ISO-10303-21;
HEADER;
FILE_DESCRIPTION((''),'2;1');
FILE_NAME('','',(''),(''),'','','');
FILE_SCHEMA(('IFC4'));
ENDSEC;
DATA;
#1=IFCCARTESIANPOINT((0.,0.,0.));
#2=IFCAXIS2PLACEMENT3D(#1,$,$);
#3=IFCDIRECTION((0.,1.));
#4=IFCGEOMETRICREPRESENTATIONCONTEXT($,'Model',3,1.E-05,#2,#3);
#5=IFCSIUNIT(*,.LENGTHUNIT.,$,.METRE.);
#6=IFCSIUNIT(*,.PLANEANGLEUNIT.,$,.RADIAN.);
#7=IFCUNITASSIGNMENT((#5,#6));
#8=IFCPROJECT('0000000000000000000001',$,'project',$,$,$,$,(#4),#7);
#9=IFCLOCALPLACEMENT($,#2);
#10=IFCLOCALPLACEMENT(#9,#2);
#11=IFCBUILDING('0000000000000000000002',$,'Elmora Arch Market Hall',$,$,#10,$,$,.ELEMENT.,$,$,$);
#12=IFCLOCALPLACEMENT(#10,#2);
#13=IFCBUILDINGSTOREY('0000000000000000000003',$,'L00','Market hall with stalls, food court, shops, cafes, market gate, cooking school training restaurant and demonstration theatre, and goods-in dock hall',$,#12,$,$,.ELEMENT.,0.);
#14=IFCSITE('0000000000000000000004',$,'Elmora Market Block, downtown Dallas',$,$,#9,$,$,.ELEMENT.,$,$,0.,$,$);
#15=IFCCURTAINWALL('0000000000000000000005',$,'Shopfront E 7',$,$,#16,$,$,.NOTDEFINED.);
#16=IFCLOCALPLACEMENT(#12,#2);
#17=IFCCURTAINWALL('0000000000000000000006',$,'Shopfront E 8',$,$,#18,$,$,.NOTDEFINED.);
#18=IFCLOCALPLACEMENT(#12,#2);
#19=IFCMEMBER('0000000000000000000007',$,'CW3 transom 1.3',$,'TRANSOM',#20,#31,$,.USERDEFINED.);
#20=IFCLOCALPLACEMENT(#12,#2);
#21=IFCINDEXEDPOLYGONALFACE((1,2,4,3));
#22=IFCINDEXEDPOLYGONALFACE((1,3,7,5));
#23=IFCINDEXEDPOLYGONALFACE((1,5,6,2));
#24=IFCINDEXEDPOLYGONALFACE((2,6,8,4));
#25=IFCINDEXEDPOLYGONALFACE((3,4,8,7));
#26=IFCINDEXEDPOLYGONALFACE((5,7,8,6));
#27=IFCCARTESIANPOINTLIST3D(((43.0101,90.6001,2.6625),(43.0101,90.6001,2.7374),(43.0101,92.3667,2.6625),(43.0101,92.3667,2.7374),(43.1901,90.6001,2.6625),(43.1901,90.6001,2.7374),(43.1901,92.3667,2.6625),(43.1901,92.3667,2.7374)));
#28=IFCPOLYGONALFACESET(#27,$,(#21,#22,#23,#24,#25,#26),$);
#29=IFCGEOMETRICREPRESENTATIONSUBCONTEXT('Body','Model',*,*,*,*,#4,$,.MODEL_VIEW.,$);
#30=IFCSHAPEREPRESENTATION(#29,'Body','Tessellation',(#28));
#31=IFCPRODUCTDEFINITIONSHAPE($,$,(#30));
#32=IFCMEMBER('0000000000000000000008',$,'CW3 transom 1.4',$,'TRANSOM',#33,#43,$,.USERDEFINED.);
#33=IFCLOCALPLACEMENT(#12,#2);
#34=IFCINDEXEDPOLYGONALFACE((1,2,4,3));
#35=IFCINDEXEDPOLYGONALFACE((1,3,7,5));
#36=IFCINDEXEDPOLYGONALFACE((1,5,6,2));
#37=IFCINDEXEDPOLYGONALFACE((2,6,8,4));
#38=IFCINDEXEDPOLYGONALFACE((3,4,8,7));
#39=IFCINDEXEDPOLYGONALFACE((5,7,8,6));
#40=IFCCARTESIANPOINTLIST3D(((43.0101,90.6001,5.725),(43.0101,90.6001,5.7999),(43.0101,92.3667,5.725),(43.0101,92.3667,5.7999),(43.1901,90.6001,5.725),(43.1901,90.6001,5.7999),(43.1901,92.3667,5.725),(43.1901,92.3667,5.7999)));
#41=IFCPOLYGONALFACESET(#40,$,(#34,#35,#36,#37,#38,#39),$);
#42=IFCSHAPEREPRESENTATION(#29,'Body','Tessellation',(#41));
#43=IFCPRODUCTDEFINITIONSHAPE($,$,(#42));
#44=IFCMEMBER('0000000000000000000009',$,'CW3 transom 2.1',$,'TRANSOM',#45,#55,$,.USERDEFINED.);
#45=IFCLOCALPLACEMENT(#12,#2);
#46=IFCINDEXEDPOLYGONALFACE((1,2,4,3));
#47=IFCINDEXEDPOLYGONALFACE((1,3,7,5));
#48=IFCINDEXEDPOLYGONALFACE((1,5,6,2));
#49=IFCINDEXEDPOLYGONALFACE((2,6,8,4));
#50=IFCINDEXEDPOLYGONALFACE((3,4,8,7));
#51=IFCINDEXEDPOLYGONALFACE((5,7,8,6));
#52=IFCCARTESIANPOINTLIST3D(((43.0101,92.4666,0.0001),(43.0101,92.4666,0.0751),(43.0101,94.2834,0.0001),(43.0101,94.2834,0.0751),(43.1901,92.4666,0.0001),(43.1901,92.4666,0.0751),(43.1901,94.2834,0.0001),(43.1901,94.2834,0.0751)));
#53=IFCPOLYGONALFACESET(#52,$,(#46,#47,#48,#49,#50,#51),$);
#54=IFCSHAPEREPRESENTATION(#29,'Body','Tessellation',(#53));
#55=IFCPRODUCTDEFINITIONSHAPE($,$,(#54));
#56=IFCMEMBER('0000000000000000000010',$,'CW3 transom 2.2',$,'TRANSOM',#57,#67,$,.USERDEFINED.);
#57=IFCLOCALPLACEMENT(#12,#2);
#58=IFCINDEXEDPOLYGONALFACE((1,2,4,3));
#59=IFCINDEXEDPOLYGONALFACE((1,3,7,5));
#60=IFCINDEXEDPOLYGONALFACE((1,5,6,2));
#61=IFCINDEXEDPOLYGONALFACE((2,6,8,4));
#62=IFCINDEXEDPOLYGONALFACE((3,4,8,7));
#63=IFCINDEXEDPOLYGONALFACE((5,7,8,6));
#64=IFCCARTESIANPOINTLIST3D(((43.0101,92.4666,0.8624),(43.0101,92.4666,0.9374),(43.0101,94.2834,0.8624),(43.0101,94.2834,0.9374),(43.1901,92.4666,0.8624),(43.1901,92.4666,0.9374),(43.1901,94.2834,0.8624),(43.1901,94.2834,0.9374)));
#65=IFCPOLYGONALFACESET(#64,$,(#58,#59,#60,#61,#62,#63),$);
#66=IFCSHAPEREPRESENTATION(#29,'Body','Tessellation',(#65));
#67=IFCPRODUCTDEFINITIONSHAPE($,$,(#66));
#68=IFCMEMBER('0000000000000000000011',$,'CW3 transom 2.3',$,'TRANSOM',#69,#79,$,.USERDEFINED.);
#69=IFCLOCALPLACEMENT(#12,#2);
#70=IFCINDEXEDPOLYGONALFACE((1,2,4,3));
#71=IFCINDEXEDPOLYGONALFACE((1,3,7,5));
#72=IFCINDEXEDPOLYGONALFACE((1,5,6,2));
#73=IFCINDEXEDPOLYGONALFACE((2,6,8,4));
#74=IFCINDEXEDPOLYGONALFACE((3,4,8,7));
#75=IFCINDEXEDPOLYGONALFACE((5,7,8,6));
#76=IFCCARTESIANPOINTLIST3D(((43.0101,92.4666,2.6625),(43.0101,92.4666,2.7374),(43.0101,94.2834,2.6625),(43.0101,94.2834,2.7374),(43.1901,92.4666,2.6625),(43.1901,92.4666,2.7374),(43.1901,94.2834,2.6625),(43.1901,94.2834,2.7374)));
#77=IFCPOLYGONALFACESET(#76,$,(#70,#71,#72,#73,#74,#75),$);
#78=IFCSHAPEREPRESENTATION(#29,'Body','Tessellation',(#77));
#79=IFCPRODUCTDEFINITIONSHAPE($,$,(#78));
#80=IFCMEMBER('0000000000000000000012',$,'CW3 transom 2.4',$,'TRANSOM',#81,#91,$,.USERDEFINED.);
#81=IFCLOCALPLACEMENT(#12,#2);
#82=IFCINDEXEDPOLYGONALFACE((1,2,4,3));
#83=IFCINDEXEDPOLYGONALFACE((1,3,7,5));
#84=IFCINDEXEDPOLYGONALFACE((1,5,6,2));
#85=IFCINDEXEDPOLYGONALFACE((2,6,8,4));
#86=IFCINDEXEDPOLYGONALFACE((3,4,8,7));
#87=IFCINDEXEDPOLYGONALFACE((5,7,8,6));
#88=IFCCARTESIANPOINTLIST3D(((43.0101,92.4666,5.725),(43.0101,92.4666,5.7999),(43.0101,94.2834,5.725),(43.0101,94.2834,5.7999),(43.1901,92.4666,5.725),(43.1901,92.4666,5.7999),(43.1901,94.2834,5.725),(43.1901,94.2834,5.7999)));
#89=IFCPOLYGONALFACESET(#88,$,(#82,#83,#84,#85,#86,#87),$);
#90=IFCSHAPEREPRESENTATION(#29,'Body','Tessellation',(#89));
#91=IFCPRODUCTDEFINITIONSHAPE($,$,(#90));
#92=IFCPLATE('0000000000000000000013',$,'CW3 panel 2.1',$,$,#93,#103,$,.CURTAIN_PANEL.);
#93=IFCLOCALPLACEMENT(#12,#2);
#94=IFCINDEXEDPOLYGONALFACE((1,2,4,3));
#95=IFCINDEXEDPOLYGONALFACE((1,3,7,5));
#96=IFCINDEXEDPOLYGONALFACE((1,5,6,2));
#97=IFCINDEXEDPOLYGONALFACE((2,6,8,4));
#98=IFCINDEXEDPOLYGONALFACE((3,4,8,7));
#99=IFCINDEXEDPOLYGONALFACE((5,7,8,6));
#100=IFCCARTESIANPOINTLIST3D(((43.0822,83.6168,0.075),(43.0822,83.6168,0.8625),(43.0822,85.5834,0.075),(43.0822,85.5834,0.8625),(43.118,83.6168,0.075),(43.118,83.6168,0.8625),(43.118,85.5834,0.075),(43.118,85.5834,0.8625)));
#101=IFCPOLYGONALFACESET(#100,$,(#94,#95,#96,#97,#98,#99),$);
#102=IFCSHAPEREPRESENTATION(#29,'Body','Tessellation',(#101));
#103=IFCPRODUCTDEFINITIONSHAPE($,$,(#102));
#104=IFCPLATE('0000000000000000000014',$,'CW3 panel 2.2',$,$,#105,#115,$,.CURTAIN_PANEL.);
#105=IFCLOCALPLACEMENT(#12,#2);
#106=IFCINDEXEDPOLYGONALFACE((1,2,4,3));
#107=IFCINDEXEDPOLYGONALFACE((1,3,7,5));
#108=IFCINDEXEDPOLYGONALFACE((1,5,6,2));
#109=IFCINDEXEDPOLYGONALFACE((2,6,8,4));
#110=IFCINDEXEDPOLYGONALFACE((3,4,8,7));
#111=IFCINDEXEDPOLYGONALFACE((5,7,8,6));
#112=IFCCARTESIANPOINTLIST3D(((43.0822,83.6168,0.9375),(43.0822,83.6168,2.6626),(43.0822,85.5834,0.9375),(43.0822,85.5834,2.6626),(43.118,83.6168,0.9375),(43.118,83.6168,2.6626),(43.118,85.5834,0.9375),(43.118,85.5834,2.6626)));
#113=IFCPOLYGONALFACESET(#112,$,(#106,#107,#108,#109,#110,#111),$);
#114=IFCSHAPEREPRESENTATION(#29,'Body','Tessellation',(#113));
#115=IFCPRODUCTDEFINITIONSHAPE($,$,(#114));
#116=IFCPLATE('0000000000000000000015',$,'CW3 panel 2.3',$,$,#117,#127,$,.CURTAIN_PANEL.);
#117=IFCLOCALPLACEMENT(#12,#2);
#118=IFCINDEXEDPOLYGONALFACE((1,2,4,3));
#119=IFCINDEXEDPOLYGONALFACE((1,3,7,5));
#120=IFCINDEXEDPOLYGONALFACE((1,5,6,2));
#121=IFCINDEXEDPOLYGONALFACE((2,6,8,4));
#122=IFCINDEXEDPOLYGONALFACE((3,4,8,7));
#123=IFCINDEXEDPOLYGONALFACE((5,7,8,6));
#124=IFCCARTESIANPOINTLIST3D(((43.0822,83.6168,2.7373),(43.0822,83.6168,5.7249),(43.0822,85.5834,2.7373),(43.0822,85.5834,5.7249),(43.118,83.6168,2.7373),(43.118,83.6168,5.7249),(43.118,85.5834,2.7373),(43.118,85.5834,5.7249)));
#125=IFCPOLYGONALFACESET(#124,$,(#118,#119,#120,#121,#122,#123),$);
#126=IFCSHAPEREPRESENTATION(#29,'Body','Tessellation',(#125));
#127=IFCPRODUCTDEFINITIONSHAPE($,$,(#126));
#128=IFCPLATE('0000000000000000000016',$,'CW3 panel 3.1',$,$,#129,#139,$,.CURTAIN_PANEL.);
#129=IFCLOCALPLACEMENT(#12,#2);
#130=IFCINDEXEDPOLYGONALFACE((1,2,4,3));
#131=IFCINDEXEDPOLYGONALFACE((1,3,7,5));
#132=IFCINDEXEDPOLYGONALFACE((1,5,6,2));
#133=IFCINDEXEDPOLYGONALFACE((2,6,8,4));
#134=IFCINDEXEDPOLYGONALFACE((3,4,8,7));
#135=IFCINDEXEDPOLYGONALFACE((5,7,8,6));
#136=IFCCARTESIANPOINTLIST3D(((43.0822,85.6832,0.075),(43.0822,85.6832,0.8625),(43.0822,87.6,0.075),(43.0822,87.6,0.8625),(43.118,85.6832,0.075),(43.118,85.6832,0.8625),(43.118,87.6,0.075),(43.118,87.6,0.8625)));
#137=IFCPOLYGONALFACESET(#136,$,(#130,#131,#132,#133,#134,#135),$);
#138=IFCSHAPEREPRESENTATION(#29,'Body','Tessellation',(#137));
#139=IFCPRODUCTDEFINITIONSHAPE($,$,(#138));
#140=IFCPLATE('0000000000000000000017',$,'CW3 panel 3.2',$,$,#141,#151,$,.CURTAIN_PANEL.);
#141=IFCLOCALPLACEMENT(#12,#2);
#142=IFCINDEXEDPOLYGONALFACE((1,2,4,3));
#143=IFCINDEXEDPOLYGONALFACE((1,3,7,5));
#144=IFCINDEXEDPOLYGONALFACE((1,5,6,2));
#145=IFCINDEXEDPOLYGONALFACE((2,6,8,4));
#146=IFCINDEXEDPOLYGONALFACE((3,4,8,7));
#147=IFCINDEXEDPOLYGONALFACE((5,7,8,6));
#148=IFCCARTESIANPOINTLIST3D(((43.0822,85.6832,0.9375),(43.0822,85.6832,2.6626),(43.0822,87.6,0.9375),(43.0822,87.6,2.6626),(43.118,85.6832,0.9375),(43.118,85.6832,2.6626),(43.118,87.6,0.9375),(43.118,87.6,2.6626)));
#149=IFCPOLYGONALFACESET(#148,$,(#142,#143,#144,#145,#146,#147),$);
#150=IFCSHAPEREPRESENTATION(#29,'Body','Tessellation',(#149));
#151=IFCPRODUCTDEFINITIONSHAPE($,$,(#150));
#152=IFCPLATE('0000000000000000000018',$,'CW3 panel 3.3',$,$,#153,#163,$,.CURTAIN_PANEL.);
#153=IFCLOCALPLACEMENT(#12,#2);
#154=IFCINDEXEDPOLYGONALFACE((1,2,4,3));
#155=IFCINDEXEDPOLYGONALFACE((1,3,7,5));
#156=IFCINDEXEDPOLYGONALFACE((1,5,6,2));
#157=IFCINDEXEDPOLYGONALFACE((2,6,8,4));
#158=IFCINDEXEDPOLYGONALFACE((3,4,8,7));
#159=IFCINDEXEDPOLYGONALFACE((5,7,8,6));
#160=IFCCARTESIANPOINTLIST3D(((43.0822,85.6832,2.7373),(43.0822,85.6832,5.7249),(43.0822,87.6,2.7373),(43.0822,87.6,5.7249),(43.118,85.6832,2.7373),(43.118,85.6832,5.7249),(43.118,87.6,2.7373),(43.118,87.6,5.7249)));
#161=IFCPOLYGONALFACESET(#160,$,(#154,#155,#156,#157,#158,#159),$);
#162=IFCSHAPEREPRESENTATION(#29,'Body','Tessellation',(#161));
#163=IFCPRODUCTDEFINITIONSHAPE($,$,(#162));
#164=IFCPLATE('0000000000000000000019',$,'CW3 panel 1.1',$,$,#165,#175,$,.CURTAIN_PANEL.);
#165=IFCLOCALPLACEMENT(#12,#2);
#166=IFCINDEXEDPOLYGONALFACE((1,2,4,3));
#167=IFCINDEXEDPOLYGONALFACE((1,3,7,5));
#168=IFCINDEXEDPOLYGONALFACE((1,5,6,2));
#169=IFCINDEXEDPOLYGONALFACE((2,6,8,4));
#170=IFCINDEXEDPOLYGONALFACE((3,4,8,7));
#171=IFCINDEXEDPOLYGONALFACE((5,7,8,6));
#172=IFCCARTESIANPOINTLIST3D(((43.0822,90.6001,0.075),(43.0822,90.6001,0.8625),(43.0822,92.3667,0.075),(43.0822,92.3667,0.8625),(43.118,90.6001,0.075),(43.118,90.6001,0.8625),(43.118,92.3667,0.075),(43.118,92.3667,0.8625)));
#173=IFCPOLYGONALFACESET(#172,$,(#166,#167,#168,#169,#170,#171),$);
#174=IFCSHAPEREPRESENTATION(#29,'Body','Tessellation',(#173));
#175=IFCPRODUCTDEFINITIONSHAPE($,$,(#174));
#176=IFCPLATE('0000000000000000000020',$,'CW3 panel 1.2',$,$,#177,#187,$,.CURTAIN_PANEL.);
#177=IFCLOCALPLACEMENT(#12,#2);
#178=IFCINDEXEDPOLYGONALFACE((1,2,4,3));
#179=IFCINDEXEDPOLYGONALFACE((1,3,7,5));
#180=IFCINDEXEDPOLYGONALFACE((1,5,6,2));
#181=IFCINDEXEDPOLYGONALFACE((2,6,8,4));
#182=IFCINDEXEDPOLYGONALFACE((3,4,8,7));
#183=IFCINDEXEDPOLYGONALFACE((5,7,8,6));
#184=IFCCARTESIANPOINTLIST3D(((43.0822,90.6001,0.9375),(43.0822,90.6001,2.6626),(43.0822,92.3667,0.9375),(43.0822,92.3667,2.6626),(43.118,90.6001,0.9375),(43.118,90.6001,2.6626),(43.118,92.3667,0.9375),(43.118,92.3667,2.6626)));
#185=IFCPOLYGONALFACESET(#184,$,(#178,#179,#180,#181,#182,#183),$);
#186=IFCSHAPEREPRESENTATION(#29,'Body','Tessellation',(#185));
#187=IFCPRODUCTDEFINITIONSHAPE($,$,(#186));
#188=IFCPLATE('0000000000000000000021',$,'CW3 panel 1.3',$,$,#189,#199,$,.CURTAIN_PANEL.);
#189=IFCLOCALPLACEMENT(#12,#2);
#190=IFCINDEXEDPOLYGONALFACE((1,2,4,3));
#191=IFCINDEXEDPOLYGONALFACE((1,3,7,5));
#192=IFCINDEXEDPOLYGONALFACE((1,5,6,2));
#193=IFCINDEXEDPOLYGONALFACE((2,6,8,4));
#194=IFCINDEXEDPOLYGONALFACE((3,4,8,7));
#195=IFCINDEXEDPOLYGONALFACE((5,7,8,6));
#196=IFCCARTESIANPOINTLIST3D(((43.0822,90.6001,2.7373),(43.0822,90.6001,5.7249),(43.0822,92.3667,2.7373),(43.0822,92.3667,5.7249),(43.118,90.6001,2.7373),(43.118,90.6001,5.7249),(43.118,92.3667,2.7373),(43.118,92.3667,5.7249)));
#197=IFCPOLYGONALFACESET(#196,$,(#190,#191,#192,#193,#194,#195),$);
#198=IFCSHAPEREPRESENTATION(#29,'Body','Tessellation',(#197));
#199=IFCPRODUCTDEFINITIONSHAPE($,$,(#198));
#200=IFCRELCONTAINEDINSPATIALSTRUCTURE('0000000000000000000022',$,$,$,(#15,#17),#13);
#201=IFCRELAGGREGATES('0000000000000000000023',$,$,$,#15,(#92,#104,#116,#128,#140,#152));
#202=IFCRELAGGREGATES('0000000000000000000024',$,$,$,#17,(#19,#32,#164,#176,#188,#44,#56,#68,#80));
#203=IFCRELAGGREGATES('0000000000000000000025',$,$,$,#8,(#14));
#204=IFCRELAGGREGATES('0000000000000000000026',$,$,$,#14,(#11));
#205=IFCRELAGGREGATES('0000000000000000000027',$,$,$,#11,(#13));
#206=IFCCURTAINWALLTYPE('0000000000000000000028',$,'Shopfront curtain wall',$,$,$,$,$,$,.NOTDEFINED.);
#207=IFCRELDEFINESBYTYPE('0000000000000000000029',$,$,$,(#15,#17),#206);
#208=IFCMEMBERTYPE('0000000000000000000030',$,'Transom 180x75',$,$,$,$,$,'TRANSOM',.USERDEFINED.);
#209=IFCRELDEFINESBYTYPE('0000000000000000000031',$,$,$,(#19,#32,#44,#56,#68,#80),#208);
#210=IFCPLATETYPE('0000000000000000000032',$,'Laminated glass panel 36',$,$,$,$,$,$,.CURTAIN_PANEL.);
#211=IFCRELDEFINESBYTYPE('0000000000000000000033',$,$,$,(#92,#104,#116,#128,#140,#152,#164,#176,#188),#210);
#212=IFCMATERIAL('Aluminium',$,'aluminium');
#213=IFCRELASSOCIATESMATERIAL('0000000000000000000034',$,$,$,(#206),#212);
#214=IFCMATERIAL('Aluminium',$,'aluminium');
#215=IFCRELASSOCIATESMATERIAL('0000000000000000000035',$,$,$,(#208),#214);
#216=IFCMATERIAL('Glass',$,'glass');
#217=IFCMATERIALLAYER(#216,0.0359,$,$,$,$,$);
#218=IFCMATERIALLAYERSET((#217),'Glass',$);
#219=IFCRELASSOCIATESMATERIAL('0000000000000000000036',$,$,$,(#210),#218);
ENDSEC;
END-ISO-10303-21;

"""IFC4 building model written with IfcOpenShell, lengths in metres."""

from ifc_helpers import new_model, si_unit, direction, frame, origin, origin_2d, place, context, subcontext, project, spatial, rectangle, extrude, material, layer, layer_set, material_profile, profile_set, type_object, element, aggregate, save


model = new_model("IFC4")

# Units and contexts
model_context = context("Model", 3, precision=1e-05, world=origin(), true_north=direction((0.0, 1.0)))
body_context = subcontext(model_context, "Body", "Model", "MODEL_VIEW")
ifc_project = project(units=[si_unit("LENGTHUNIT", "METRE"), si_unit("PLANEANGLEUNIT", "RADIAN")], contexts=[model_context])

# Site, building, storey
site_placement = place(None, origin())
site = spatial("IfcSite", under=ifc_project, at=site_placement, Name="Elmora Market Block, downtown Dallas", CompositionType="ELEMENT", RefElevation=0.0)
building_placement = place(site_placement, origin())
building = spatial("IfcBuilding", under=site, at=building_placement, Name="Elmora Arch Market Hall", CompositionType="ELEMENT")
storey_placement = place(building_placement, origin())
storey = spatial("IfcBuildingStorey", under=building, at=storey_placement, Name="L00", Description="Market hall with stalls, food court, shops, cafes, market gate, cooking school training restaurant and demonstration theatre, and goods-in dock hall", CompositionType="ELEMENT", Elevation=0.0)

# Curtain walls
ifc_material_1 = material(Name="Aluminium", Category="aluminium")
curtain_wall_type = type_object("IfcCurtainWallType", Name="Shopfront curtain wall", PredefinedType="NOTDEFINED", material=ifc_material_1)
curtain_wall_1_placement = place(storey_placement, origin())
curtain_wall_1 = element("IfcCurtainWall", 1, at=curtain_wall_1_placement, inside=storey, type_object=curtain_wall_type, Name="Shopfront E 7", PredefinedType="NOTDEFINED")
curtain_wall_2_placement = place(storey_placement, origin())
curtain_wall_2 = element("IfcCurtainWall", 2, at=curtain_wall_2_placement, inside=storey, type_object=curtain_wall_type, Name="Shopfront E 8", PredefinedType="NOTDEFINED")

# Members
ifc_material_2 = material(Name="Aluminium", Category="aluminium")
ifc_material_profile_1 = material_profile(ifc_material_2, rectangle(XDim=0.1799, YDim=0.075, at=origin_2d()), Name="AL 180x75")
ifc_profile_set_1 = profile_set([ifc_material_profile_1], Name="Aluminium")
member_type_1 = type_object("IfcMemberType", Name="Transom 180x75", ElementType="TRANSOM", PredefinedType="USERDEFINED", material=ifc_profile_set_1)
member_1_placement = place(storey_placement, frame((43.1001, 90.6001, 2.7), z_axis=(0.0, 1.0, 0.0), x_axis=(-1.0, 0.0, 0.0)))
member_1 = element("IfcMember", 3, at=member_1_placement, type_object=member_type_1, Name="CW3 transom 1.3", ObjectType="TRANSOM", PredefinedType="USERDEFINED", context=body_context, shape_type="SweptSolid", body=[
    extrude(rectangle(XDim=0.1799, YDim=0.075, at=origin_2d()), origin(), (0.0, 0.0, 1.0), 1.7666),
])
member_2_placement = place(storey_placement, frame((43.1001, 90.6001, 5.7625), z_axis=(0.0, 1.0, 0.0), x_axis=(-1.0, 0.0, 0.0)))
member_2 = element("IfcMember", 4, at=member_2_placement, type_object=member_type_1, Name="CW3 transom 1.4", ObjectType="TRANSOM", PredefinedType="USERDEFINED", context=body_context, shape_type="SweptSolid", body=[
    extrude(rectangle(XDim=0.1799, YDim=0.075, at=origin_2d()), origin(), (0.0, 0.0, 1.0), 1.7666),
])
member_3_placement = place(storey_placement, frame((43.1001, 92.4666, 0.0376), z_axis=(0.0, 1.0, 0.0), x_axis=(-1.0, 0.0, 0.0)))
member_3 = element("IfcMember", 5, at=member_3_placement, type_object=member_type_1, Name="CW3 transom 2.1", ObjectType="TRANSOM", PredefinedType="USERDEFINED", context=body_context, shape_type="SweptSolid", body=[
    extrude(rectangle(XDim=0.1799, YDim=0.075, at=origin_2d()), origin(), (0.0, 0.0, 1.0), 1.8169),
])
member_4_placement = place(storey_placement, frame((43.1001, 92.4666, 0.8999), z_axis=(0.0, 1.0, 0.0), x_axis=(-1.0, 0.0, 0.0)))
member_4 = element("IfcMember", 6, at=member_4_placement, type_object=member_type_1, Name="CW3 transom 2.2", ObjectType="TRANSOM", PredefinedType="USERDEFINED", context=body_context, shape_type="SweptSolid", body=[
    extrude(rectangle(XDim=0.1799, YDim=0.075, at=origin_2d()), origin(), (0.0, 0.0, 1.0), 1.8169),
])
member_5_placement = place(storey_placement, frame((43.1001, 92.4666, 2.7), z_axis=(0.0, 1.0, 0.0), x_axis=(-1.0, 0.0, 0.0)))
member_5 = element("IfcMember", 7, at=member_5_placement, type_object=member_type_1, Name="CW3 transom 2.3", ObjectType="TRANSOM", PredefinedType="USERDEFINED", context=body_context, shape_type="SweptSolid", body=[
    extrude(rectangle(XDim=0.1799, YDim=0.075, at=origin_2d()), origin(), (0.0, 0.0, 1.0), 1.8169),
])
member_6_placement = place(storey_placement, frame((43.1001, 92.4666, 5.7625), z_axis=(0.0, 1.0, 0.0), x_axis=(-1.0, 0.0, 0.0)))
member_6 = element("IfcMember", 8, at=member_6_placement, type_object=member_type_1, Name="CW3 transom 2.4", ObjectType="TRANSOM", PredefinedType="USERDEFINED", context=body_context, shape_type="SweptSolid", body=[
    extrude(rectangle(XDim=0.1799, YDim=0.075, at=origin_2d()), origin(), (0.0, 0.0, 1.0), 1.8169),
])

# Plates
ifc_material_3 = material(Name="Glass", Category="glass")
ifc_layer_1 = layer(ifc_material_3, 0.0359)
ifc_layer_set_1 = layer_set([ifc_layer_1], Name="Glass")
plate_type = type_object("IfcPlateType", Name="Laminated glass panel 36", PredefinedType="CURTAIN_PANEL", material=ifc_layer_set_1)
plate_1_placement = place(storey_placement, frame((43.1001, 84.6001, 0.075), z_axis=(0.0, 0.0, 1.0), x_axis=(0.0, 1.0, 0.0)))
plate_1 = element("IfcPlate", 9, at=plate_1_placement, type_object=plate_type, Name="CW3 panel 2.1", PredefinedType="CURTAIN_PANEL", context=body_context, shape_type="SweptSolid", body=[
    extrude(rectangle(XDim=1.9666, YDim=0.0359, at=origin_2d()), origin(), (0.0, 0.0, 1.0), 0.7876),
])
plate_2_placement = place(storey_placement, frame((43.1001, 84.6001, 0.9375), z_axis=(0.0, 0.0, 1.0), x_axis=(0.0, 1.0, 0.0)))
plate_2 = element("IfcPlate", 10, at=plate_2_placement, type_object=plate_type, Name="CW3 panel 2.2", PredefinedType="CURTAIN_PANEL", context=body_context, shape_type="SweptSolid", body=[
    extrude(rectangle(XDim=1.9666, YDim=0.0359, at=origin_2d()), origin(), (0.0, 0.0, 1.0), 1.7251),
])
plate_3_placement = place(storey_placement, frame((43.1001, 84.6001, 2.7373), z_axis=(0.0, 0.0, 1.0), x_axis=(0.0, 1.0, 0.0)))
plate_3 = element("IfcPlate", 11, at=plate_3_placement, type_object=plate_type, Name="CW3 panel 2.3", PredefinedType="CURTAIN_PANEL", context=body_context, shape_type="SweptSolid", body=[
    extrude(rectangle(XDim=1.9666, YDim=0.0359, at=origin_2d()), origin(), (0.0, 0.0, 1.0), 2.9875),
])
plate_4_placement = place(storey_placement, frame((43.1001, 86.6416, 0.075), z_axis=(0.0, 0.0, 1.0), x_axis=(0.0, 1.0, 0.0)))
plate_4 = element("IfcPlate", 12, at=plate_4_placement, type_object=plate_type, Name="CW3 panel 3.1", PredefinedType="CURTAIN_PANEL", context=body_context, shape_type="SweptSolid", body=[
    extrude(rectangle(XDim=1.9167, YDim=0.0359, at=origin_2d()), origin(), (0.0, 0.0, 1.0), 0.7876),
])
plate_5_placement = place(storey_placement, frame((43.1001, 86.6416, 0.9375), z_axis=(0.0, 0.0, 1.0), x_axis=(0.0, 1.0, 0.0)))
plate_5 = element("IfcPlate", 13, at=plate_5_placement, type_object=plate_type, Name="CW3 panel 3.2", PredefinedType="CURTAIN_PANEL", context=body_context, shape_type="SweptSolid", body=[
    extrude(rectangle(XDim=1.9167, YDim=0.0359, at=origin_2d()), origin(), (0.0, 0.0, 1.0), 1.7251),
])
plate_6_placement = place(storey_placement, frame((43.1001, 86.6416, 2.7373), z_axis=(0.0, 0.0, 1.0), x_axis=(0.0, 1.0, 0.0)))
plate_6 = element("IfcPlate", 14, at=plate_6_placement, type_object=plate_type, Name="CW3 panel 3.3", PredefinedType="CURTAIN_PANEL", context=body_context, shape_type="SweptSolid", body=[
    extrude(rectangle(XDim=1.9167, YDim=0.0359, at=origin_2d()), origin(), (0.0, 0.0, 1.0), 2.9875),
])
aggregate(curtain_wall_1, [plate_1, plate_2, plate_3, plate_4, plate_5, plate_6])
plate_7_placement = place(storey_placement, frame((43.1001, 91.4834, 0.075), z_axis=(0.0, 0.0, 1.0), x_axis=(0.0, 1.0, 0.0)))
plate_7 = element("IfcPlate", 15, at=plate_7_placement, type_object=plate_type, Name="CW3 panel 1.1", PredefinedType="CURTAIN_PANEL", context=body_context, shape_type="SweptSolid", body=[
    extrude(rectangle(XDim=1.7666, YDim=0.0359, at=origin_2d()), origin(), (0.0, 0.0, 1.0), 0.7876),
])
plate_8_placement = place(storey_placement, frame((43.1001, 91.4834, 0.9375), z_axis=(0.0, 0.0, 1.0), x_axis=(0.0, 1.0, 0.0)))
plate_8 = element("IfcPlate", 16, at=plate_8_placement, type_object=plate_type, Name="CW3 panel 1.2", PredefinedType="CURTAIN_PANEL", context=body_context, shape_type="SweptSolid", body=[
    extrude(rectangle(XDim=1.7666, YDim=0.0359, at=origin_2d()), origin(), (0.0, 0.0, 1.0), 1.7251),
])
plate_9_placement = place(storey_placement, frame((43.1001, 91.4834, 2.7373), z_axis=(0.0, 0.0, 1.0), x_axis=(0.0, 1.0, 0.0)))
plate_9 = element("IfcPlate", 17, at=plate_9_placement, type_object=plate_type, Name="CW3 panel 1.3", PredefinedType="CURTAIN_PANEL", context=body_context, shape_type="SweptSolid", body=[
    extrude(rectangle(XDim=1.7666, YDim=0.0359, at=origin_2d()), origin(), (0.0, 0.0, 1.0), 2.9875),
])
aggregate(curtain_wall_2, [member_1, member_2, plate_7, plate_8, plate_9, member_3, member_4, member_5, member_6])

save(model, "model.ifc")
